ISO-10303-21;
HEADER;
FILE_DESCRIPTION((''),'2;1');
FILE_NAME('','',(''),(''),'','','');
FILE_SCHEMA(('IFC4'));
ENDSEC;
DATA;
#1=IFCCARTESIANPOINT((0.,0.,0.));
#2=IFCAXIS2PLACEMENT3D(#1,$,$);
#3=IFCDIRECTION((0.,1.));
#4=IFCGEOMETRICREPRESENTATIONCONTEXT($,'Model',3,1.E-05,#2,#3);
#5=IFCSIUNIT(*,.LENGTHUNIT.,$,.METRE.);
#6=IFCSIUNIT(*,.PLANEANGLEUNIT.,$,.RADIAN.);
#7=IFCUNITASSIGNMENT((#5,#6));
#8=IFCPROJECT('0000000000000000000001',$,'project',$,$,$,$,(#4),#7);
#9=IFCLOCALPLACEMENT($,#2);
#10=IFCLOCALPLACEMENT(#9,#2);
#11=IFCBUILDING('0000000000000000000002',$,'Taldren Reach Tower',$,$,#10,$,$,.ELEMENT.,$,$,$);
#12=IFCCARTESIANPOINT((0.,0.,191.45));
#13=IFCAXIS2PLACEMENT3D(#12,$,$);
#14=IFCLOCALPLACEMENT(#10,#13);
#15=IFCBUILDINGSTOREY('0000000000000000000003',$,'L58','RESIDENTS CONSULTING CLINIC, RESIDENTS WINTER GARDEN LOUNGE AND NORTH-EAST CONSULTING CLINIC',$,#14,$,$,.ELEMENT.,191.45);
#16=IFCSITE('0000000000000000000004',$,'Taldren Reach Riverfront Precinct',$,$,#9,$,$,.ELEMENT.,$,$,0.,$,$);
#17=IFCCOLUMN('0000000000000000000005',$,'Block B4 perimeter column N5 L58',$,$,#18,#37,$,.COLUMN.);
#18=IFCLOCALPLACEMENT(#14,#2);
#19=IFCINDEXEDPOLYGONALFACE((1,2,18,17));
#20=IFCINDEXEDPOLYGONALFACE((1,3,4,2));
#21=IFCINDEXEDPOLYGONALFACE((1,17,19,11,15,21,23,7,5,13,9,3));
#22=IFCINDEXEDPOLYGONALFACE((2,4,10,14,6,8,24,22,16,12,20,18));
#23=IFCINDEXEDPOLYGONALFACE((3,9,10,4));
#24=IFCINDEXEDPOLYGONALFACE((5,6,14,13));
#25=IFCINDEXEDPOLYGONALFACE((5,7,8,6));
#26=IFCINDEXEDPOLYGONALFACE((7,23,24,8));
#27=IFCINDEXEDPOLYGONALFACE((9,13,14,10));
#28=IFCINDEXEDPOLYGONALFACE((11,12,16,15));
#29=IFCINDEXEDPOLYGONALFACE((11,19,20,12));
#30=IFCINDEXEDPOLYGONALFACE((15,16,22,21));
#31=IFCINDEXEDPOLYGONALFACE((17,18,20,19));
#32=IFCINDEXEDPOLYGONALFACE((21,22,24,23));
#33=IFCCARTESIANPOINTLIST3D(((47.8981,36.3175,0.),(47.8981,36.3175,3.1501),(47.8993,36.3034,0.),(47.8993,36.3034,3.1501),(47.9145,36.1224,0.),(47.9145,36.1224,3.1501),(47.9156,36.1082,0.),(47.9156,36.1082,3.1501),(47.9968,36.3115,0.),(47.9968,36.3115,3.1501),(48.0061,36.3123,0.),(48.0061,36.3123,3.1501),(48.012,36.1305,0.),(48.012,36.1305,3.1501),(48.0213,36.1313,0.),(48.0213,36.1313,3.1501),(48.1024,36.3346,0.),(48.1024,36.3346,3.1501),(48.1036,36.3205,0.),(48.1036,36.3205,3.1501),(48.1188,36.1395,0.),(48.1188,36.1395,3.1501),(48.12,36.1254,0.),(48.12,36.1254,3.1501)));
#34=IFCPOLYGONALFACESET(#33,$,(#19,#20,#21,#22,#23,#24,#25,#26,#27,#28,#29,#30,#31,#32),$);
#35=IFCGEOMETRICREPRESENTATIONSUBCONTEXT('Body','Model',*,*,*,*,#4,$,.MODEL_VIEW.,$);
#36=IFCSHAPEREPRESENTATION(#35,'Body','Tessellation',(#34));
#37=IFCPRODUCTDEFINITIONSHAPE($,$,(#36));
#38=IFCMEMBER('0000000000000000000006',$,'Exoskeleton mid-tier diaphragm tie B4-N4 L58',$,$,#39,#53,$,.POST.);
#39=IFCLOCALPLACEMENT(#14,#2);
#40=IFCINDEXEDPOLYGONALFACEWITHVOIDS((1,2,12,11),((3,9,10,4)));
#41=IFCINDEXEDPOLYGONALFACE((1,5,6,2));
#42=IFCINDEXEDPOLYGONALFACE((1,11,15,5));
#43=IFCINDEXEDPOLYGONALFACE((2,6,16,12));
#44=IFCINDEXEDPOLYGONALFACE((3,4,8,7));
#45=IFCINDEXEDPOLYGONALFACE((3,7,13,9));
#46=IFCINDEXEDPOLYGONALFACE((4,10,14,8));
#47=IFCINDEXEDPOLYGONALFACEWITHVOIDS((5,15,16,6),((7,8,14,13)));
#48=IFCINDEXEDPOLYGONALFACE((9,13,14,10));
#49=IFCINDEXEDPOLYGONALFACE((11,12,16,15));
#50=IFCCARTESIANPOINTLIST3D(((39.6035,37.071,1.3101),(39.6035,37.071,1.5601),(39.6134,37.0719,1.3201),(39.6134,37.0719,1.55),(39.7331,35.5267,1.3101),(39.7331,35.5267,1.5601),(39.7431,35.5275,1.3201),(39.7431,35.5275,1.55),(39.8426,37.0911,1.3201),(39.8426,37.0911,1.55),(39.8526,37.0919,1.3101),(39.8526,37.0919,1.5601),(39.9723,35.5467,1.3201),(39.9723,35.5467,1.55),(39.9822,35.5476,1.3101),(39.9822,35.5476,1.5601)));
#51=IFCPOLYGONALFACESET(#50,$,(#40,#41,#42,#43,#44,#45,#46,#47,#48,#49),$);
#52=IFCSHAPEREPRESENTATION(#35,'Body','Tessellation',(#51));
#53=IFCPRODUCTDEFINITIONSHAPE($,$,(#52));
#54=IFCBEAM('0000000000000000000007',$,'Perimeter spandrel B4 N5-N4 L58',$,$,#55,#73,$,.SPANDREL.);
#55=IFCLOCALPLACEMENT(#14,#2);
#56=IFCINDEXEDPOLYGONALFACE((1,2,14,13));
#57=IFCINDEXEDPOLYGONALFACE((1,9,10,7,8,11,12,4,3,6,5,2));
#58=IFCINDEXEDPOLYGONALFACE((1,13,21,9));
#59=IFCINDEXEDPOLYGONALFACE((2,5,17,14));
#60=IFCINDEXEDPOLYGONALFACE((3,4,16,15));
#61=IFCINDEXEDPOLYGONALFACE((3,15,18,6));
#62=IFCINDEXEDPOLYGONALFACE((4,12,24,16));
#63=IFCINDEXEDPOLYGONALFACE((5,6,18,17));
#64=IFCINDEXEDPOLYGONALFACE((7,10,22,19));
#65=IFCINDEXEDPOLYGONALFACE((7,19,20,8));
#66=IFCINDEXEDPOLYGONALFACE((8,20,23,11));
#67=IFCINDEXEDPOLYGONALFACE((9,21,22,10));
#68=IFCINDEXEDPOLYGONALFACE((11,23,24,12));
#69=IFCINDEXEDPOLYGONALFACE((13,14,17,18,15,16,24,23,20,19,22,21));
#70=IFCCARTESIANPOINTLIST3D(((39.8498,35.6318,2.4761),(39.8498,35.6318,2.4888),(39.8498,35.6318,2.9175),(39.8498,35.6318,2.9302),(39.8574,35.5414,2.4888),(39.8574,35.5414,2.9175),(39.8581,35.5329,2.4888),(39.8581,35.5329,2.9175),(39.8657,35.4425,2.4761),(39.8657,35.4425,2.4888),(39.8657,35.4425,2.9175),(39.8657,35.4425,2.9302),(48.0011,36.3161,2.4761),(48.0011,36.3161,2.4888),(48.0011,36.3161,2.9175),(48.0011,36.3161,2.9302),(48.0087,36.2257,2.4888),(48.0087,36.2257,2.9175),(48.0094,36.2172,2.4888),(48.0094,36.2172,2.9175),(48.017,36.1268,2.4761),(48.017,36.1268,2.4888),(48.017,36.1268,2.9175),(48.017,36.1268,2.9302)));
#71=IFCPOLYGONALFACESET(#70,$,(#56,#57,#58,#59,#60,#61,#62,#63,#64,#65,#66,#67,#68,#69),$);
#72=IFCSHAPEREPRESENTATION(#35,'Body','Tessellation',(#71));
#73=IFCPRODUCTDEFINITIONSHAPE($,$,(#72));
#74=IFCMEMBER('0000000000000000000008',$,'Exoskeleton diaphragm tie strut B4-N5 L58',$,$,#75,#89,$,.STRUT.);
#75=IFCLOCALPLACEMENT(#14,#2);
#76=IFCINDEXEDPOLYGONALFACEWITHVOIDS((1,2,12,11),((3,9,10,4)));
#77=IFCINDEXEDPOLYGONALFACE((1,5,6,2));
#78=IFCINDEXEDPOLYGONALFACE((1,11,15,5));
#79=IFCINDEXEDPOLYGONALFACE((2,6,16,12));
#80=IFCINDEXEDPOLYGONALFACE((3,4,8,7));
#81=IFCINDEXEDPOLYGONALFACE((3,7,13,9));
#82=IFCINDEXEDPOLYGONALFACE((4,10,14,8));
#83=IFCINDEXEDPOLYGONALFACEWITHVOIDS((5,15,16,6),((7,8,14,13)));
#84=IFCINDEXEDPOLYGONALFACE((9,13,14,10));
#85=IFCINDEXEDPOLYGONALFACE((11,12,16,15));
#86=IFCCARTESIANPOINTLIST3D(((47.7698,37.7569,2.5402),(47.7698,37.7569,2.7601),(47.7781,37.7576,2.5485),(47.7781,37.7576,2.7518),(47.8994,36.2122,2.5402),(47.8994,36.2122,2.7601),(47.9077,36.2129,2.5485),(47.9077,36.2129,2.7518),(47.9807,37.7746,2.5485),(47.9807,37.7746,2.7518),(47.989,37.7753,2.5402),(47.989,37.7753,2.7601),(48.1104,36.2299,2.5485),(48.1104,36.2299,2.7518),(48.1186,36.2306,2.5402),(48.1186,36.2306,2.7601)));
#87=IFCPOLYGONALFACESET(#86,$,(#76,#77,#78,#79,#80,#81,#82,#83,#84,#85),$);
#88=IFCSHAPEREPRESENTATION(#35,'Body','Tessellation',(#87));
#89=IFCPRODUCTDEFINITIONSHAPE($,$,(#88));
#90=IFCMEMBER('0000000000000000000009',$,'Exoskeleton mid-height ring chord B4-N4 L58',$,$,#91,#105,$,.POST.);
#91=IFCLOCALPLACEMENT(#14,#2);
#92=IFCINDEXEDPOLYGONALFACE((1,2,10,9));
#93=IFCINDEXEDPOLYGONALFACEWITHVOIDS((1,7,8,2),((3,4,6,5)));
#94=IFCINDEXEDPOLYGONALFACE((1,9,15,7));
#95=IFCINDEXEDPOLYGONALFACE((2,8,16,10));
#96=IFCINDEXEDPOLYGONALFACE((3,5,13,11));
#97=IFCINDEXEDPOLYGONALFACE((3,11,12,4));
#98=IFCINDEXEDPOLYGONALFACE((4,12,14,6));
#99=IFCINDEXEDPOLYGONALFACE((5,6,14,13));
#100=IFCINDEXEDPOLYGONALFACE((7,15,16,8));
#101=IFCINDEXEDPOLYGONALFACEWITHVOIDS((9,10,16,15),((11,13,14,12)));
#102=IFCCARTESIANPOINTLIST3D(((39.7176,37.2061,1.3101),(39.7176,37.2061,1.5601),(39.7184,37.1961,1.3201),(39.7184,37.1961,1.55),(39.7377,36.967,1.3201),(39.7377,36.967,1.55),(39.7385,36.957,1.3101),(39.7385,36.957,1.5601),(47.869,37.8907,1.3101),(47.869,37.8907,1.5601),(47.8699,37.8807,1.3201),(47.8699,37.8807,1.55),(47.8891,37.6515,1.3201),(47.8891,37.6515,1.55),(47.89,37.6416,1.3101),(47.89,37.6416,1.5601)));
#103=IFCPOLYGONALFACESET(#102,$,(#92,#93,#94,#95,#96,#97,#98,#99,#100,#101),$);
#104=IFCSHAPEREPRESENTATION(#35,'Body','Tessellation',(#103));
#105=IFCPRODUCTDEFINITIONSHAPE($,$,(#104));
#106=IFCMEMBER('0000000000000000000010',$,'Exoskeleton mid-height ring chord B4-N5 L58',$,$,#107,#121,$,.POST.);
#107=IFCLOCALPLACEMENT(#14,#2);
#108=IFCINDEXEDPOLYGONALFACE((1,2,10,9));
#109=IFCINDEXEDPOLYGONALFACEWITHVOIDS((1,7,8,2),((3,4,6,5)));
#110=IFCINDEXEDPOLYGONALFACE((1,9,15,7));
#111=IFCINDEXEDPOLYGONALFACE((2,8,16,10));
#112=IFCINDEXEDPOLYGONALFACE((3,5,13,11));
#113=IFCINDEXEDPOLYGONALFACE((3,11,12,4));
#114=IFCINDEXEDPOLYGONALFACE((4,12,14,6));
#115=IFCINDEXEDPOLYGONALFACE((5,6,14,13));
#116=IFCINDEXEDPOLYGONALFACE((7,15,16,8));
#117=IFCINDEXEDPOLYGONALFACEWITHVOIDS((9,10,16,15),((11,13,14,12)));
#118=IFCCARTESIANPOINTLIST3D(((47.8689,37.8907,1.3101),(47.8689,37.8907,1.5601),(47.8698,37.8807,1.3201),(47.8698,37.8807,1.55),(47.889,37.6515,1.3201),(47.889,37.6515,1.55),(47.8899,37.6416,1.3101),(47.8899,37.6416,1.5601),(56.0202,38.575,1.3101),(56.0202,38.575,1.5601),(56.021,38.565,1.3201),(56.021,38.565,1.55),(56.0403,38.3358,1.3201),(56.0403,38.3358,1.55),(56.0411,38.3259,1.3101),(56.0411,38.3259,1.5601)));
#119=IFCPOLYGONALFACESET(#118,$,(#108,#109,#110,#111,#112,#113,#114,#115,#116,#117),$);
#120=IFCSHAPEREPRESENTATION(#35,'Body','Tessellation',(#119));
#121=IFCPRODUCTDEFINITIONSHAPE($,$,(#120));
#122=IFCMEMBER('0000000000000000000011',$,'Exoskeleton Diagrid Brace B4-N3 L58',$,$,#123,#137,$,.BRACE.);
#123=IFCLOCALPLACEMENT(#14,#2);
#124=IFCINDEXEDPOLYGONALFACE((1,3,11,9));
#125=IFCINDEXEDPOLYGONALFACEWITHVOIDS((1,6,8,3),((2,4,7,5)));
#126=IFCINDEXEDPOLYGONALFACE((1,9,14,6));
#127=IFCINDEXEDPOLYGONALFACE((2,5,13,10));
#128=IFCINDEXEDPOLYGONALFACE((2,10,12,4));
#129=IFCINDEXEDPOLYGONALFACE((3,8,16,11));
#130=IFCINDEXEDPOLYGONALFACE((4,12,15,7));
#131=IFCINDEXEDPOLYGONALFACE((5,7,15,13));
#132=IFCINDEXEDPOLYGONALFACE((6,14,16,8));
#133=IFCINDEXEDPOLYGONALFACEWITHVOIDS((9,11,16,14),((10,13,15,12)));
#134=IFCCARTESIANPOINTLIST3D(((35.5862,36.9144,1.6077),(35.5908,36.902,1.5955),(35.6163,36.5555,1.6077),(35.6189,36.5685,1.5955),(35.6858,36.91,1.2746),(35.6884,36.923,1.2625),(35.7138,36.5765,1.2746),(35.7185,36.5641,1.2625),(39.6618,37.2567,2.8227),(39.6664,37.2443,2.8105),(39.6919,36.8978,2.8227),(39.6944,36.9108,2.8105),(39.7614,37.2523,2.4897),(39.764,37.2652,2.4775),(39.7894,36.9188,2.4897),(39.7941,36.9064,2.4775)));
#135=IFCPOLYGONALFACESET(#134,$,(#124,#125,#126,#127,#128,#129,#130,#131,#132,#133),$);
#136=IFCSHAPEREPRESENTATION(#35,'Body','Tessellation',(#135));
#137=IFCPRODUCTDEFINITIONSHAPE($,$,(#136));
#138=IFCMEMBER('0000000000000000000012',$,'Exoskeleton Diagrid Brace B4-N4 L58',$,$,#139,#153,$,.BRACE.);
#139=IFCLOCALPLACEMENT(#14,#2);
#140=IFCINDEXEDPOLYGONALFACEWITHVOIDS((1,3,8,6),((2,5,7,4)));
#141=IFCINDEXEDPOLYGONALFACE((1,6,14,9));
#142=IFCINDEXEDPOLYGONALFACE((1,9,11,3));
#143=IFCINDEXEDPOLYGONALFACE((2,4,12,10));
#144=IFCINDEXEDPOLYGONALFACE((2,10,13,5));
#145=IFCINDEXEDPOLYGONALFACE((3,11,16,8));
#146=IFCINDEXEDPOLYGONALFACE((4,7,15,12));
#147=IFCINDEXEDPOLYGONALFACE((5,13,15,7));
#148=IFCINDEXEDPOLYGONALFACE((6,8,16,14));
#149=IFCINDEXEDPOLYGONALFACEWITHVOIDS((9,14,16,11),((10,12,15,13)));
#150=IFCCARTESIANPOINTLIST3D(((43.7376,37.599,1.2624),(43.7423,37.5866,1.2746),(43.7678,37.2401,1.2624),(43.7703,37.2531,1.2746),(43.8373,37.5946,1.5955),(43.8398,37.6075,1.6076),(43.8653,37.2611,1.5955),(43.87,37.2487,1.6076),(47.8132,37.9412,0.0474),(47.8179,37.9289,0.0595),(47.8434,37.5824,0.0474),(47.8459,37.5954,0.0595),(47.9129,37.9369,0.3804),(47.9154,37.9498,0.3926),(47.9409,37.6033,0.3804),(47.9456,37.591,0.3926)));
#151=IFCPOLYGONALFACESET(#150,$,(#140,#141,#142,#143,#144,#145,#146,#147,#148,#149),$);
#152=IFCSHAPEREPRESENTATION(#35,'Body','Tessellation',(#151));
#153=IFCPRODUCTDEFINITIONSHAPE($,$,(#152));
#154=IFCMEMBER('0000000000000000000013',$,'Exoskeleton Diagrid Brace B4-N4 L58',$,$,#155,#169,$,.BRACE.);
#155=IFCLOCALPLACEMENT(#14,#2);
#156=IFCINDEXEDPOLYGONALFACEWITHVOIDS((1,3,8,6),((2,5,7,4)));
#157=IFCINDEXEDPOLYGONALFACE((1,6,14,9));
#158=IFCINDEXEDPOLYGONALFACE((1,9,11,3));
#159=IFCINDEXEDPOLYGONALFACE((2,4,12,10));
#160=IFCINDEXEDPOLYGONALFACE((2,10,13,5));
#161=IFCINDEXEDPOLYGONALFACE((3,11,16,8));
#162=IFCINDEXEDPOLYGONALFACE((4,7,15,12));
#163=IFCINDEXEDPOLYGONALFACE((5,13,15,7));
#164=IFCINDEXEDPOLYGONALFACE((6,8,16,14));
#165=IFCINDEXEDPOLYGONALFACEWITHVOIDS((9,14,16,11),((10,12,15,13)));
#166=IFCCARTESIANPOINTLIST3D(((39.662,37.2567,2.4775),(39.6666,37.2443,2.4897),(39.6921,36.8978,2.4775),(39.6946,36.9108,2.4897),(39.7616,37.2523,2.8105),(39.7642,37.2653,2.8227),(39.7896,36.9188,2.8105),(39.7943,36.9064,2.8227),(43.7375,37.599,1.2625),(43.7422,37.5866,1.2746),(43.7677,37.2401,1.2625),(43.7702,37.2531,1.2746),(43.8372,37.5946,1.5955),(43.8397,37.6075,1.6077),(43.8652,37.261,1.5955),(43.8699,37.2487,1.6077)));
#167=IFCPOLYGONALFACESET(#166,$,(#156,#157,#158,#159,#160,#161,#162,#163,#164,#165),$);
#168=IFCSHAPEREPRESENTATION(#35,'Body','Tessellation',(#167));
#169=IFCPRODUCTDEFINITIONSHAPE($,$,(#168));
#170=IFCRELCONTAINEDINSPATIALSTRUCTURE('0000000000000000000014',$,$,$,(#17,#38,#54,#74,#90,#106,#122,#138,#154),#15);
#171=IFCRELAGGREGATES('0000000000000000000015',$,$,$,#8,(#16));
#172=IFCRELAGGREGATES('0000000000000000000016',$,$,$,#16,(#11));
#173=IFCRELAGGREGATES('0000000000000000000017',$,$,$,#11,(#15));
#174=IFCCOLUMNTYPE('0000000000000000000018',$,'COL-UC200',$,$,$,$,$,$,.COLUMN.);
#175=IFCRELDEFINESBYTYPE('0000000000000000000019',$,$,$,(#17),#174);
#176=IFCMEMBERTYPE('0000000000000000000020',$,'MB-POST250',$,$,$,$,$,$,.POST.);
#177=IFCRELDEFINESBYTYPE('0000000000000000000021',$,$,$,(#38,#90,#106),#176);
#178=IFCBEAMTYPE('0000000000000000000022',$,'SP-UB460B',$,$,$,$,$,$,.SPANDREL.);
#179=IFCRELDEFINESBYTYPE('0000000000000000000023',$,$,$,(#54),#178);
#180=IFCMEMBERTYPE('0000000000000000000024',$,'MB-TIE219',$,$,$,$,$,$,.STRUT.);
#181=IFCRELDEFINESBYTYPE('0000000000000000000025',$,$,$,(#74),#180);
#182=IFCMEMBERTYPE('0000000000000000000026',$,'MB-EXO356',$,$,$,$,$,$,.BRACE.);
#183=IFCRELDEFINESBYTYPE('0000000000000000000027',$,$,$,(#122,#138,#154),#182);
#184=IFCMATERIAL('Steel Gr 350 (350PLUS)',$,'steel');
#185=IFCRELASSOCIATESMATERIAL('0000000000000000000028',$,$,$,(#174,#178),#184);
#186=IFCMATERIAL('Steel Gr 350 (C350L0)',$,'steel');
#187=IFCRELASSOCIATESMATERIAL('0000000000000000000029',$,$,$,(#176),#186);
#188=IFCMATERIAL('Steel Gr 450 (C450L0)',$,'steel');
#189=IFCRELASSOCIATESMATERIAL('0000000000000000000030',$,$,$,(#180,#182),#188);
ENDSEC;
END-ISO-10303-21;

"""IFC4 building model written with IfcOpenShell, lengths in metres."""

from ifc_helpers import new_model, si_unit, direction, frame, origin, origin_2d, place, context, subcontext, project, spatial, hollow_rectangle, i_section, extrude, source, transform, mapped, material, material_profile, profile_set, type_object, element, save


model = new_model("IFC4")

# Units and contexts
model_context = context("Model", 3, precision=1e-05, world=origin(), true_north=direction((0.0, 1.0)))
body_context = subcontext(model_context, "Body", "Model", "MODEL_VIEW")
ifc_project = project(units=[si_unit("LENGTHUNIT", "METRE"), si_unit("PLANEANGLEUNIT", "RADIAN")], contexts=[model_context])

# Site, building, storey
site_placement = place(None, origin())
site = spatial("IfcSite", under=ifc_project, at=site_placement, Name="Taldren Reach Riverfront Precinct", CompositionType="ELEMENT", RefElevation=0.0)
building_placement = place(site_placement, origin())
building = spatial("IfcBuilding", under=site, at=building_placement, Name="Taldren Reach Tower", CompositionType="ELEMENT")
storey_placement = place(building_placement, frame((0.0, 0.0, 191.45)))
storey = spatial("IfcBuildingStorey", under=building, at=storey_placement, Name="L58", Description="RESIDENTS CONSULTING CLINIC, RESIDENTS WINTER GARDEN LOUNGE AND NORTH-EAST CONSULTING CLINIC", CompositionType="ELEMENT", Elevation=191.45)

# Column
ifc_material_1 = material(Name="Steel Gr 350 (350PLUS)", Category="steel")
ifc_material_profile_1 = material_profile(ifc_material_1, i_section(OverallWidth=0.2051, OverallDepth=0.21, WebThickness=0.0093, FlangeThickness=0.0142, at=origin_2d()), Name="200UC59.5")
ifc_profile_set_1 = profile_set([ifc_material_profile_1], Name="Steel Gr 350 (350PLUS)")
column_type = type_object("IfcColumnType", Name="COL-UC200", PredefinedType="COLUMN", material=ifc_profile_set_1)
shared_shape_1 = source(origin(), body_context, "Body", "SweptSolid", [
    extrude(i_section(OverallWidth=0.2051, OverallDepth=0.21, WebThickness=0.0093, FlangeThickness=0.0142, at=origin_2d()), origin(), (0.0, 0.0, 1.0), 3.1501),
])
column_placement = place(storey_placement, frame((48.009, 36.2214, 0.0), z_axis=(0.0, 0.0, 1.0), x_axis=(0.996493, 0.083678, 0.0)))
element("IfcColumn", 1, at=column_placement, inside=storey, type_object=column_type, Name="Block B4 perimeter column N5 L58", PredefinedType="COLUMN", context=body_context, shape_type="MappedRepresentation", body=[
    mapped(shared_shape_1, transform((0.0, 0.0, 0.0), scale=1.0)),
])

# Member
ifc_material_2 = material(Name="Steel Gr 350 (C350L0)", Category="steel")
ifc_material_profile_2 = material_profile(ifc_material_2, hollow_rectangle(XDim=0.25, YDim=0.25, WallThickness=0.01, at=origin_2d()), Name="250x250x10.0SHS")
ifc_profile_set_2 = profile_set([ifc_material_profile_2], Name="Steel Gr 350 (C350L0)")
member_type_1 = type_object("IfcMemberType", Name="MB-POST250", PredefinedType="POST", material=ifc_profile_set_2)
shared_shape_2 = source(origin(), body_context, "Body", "SweptSolid", [
    extrude(hollow_rectangle(XDim=0.25, YDim=0.25, WallThickness=0.01, at=origin_2d()), origin(), (0.0, 0.0, 1.0), 1.5498),
])
member_1_placement = place(storey_placement, frame((39.8577, 35.5371, 1.4351), z_axis=(-0.083645, 0.996496, 0.0), x_axis=(-0.996496, -0.083645, 0.0)))
element("IfcMember", 2, at=member_1_placement, inside=storey, type_object=member_type_1, Name="Exoskeleton mid-tier diaphragm tie B4-N4 L58", PredefinedType="POST", context=body_context, shape_type="MappedRepresentation", body=[
    mapped(shared_shape_2, transform((0.0, 0.0, 0.0), scale=1.0)),
])

# Beam
ifc_material_profile_3 = material_profile(ifc_material_1, i_section(OverallWidth=0.1899, OverallDepth=0.4541, WebThickness=0.0085, FlangeThickness=0.0127, at=origin_2d()), Name="460UB67.1")
ifc_profile_set_3 = profile_set([ifc_material_profile_3], Name="Steel Gr 350 (350PLUS)")
beam_type = type_object("IfcBeamType", Name="SP-UB460B", PredefinedType="SPANDREL", material=ifc_profile_set_3)
shared_shape_3 = source(origin(), body_context, "Body", "SweptSolid", [
    extrude(i_section(OverallWidth=0.1899, OverallDepth=0.4541, WebThickness=0.0085, FlangeThickness=0.0127, at=origin_2d()), origin(), (0.0, 0.0, 1.0), 8.1799),
])
beam_placement = place(storey_placement, frame((48.009, 36.2214, 2.7031), z_axis=(-0.996495, -0.083658, 0.0), x_axis=(0.083658, -0.996495, 0.0)))
element("IfcBeam", 3, at=beam_placement, inside=storey, type_object=beam_type, Name="Perimeter spandrel B4 N5-N4 L58", PredefinedType="SPANDREL", context=body_context, shape_type="MappedRepresentation", body=[
    mapped(shared_shape_3, transform((0.0, 0.0, 0.0), scale=1.0)),
])

# Members
ifc_material_3 = material(Name="Steel Gr 450 (C450L0)", Category="steel")
ifc_material_profile_4 = material_profile(ifc_material_3, hollow_rectangle(XDim=0.22, YDim=0.22, WallThickness=0.0083, at=origin_2d()), Name="220x220x8.2SHS")
ifc_profile_set_4 = profile_set([ifc_material_profile_4], Name="Steel Gr 450 (C450L0)")
member_type_2 = type_object("IfcMemberType", Name="MB-TIE219", PredefinedType="STRUT", material=ifc_profile_set_4)
shared_shape_4 = source(origin(), body_context, "Body", "SweptSolid", [
    extrude(hollow_rectangle(XDim=0.22, YDim=0.22, WallThickness=0.0083, at=origin_2d()), origin(), (0.0, 0.0, 1.0), 1.55),
])
member_2_placement = place(storey_placement, frame((48.009, 36.2214, 2.6501), z_axis=(-0.083632, 0.996497, 0.0), x_axis=(-0.996497, -0.083632, 0.0)))
element("IfcMember", 4, at=member_2_placement, inside=storey, type_object=member_type_2, Name="Exoskeleton diaphragm tie strut B4-N5 L58", PredefinedType="STRUT", context=body_context, shape_type="MappedRepresentation", body=[
    mapped(shared_shape_4, transform((0.0, 0.0, 0.0), scale=1.0)),
])
shared_shape_5 = source(origin(), body_context, "Body", "SweptSolid", [
    extrude(hollow_rectangle(XDim=0.25, YDim=0.25, WallThickness=0.01, at=origin_2d()), origin(), (0.0, 0.0, 1.0), 8.1802),
])
member_3_placement = place(storey_placement, frame((39.728, 37.0815, 1.4351), z_axis=(0.996492, 0.083688, 0.0), x_axis=(-0.083688, 0.996492, 0.0)))
element("IfcMember", 5, at=member_3_placement, inside=storey, type_object=member_type_1, Name="Exoskeleton mid-height ring chord B4-N4 L58", PredefinedType="POST", context=body_context, shape_type="MappedRepresentation", body=[
    mapped(shared_shape_5, transform((0.0, 0.0, 0.0), scale=1.0)),
])
shared_shape_6 = source(origin(), body_context, "Body", "SweptSolid", [
    extrude(hollow_rectangle(XDim=0.25, YDim=0.25, WallThickness=0.01, at=origin_2d()), origin(), (0.0, 0.0, 1.0), 8.1799),
])
member_4_placement = place(storey_placement, frame((47.8794, 37.7661, 1.4351), z_axis=(0.996495, 0.083658, 0.0), x_axis=(-0.083658, 0.996495, 0.0)))
element("IfcMember", 6, at=member_4_placement, inside=storey, type_object=member_type_1, Name="Exoskeleton mid-height ring chord B4-N5 L58", PredefinedType="POST", context=body_context, shape_type="MappedRepresentation", body=[
    mapped(shared_shape_6, transform((0.0, 0.0, 0.0), scale=1.0)),
])
ifc_material_profile_5 = material_profile(ifc_material_3, hollow_rectangle(XDim=0.3601, YDim=0.3601, WallThickness=0.0127, at=origin_2d()), Name="360x360x12.7SHS")
ifc_profile_set_5 = profile_set([ifc_material_profile_5], Name="Steel Gr 450 (C450L0)")
member_type_3 = type_object("IfcMemberType", Name="MB-EXO356", PredefinedType="BRACE", material=ifc_profile_set_5)
shared_shape_7 = source(origin(), body_context, "Body", "SweptSolid", [
    extrude(hollow_rectangle(XDim=0.3601, YDim=0.3601, WallThickness=0.0127, at=origin_2d()), origin(), (0.0, 0.0, 1.0), 4.2666),
])
for number, where, z_axis, x_axis, name in (
    (7, (35.6523, 36.7393, 1.4351), (0.955229, 0.080222, 0.284783), (-0.083688, 0.996492, 0.0), "Exoskeleton Diagrid Brace B4-N3 L58"),
    (8, (47.8794, 37.7661, 0.22), (-0.955229, -0.080222, 0.284783), (0.083688, -0.996492, 0.0), "Exoskeleton Diagrid Brace B4-N4 L58"),
    (9, (43.8037, 37.4238, 1.4351), (-0.955229, -0.080222, 0.284783), (0.083688, -0.996492, 0.0), "Exoskeleton Diagrid Brace B4-N4 L58"),
):
    element("IfcMember", number, at=place(storey_placement, frame(where, z_axis=z_axis, x_axis=x_axis)), inside=storey, type_object=member_type_3, Name=name, PredefinedType="BRACE", context=body_context, shape_type="MappedRepresentation", body=[
        mapped(shared_shape_7, transform((0.0, 0.0, 0.0), scale=1.0)),
    ])

save(model, "model.ifc")
